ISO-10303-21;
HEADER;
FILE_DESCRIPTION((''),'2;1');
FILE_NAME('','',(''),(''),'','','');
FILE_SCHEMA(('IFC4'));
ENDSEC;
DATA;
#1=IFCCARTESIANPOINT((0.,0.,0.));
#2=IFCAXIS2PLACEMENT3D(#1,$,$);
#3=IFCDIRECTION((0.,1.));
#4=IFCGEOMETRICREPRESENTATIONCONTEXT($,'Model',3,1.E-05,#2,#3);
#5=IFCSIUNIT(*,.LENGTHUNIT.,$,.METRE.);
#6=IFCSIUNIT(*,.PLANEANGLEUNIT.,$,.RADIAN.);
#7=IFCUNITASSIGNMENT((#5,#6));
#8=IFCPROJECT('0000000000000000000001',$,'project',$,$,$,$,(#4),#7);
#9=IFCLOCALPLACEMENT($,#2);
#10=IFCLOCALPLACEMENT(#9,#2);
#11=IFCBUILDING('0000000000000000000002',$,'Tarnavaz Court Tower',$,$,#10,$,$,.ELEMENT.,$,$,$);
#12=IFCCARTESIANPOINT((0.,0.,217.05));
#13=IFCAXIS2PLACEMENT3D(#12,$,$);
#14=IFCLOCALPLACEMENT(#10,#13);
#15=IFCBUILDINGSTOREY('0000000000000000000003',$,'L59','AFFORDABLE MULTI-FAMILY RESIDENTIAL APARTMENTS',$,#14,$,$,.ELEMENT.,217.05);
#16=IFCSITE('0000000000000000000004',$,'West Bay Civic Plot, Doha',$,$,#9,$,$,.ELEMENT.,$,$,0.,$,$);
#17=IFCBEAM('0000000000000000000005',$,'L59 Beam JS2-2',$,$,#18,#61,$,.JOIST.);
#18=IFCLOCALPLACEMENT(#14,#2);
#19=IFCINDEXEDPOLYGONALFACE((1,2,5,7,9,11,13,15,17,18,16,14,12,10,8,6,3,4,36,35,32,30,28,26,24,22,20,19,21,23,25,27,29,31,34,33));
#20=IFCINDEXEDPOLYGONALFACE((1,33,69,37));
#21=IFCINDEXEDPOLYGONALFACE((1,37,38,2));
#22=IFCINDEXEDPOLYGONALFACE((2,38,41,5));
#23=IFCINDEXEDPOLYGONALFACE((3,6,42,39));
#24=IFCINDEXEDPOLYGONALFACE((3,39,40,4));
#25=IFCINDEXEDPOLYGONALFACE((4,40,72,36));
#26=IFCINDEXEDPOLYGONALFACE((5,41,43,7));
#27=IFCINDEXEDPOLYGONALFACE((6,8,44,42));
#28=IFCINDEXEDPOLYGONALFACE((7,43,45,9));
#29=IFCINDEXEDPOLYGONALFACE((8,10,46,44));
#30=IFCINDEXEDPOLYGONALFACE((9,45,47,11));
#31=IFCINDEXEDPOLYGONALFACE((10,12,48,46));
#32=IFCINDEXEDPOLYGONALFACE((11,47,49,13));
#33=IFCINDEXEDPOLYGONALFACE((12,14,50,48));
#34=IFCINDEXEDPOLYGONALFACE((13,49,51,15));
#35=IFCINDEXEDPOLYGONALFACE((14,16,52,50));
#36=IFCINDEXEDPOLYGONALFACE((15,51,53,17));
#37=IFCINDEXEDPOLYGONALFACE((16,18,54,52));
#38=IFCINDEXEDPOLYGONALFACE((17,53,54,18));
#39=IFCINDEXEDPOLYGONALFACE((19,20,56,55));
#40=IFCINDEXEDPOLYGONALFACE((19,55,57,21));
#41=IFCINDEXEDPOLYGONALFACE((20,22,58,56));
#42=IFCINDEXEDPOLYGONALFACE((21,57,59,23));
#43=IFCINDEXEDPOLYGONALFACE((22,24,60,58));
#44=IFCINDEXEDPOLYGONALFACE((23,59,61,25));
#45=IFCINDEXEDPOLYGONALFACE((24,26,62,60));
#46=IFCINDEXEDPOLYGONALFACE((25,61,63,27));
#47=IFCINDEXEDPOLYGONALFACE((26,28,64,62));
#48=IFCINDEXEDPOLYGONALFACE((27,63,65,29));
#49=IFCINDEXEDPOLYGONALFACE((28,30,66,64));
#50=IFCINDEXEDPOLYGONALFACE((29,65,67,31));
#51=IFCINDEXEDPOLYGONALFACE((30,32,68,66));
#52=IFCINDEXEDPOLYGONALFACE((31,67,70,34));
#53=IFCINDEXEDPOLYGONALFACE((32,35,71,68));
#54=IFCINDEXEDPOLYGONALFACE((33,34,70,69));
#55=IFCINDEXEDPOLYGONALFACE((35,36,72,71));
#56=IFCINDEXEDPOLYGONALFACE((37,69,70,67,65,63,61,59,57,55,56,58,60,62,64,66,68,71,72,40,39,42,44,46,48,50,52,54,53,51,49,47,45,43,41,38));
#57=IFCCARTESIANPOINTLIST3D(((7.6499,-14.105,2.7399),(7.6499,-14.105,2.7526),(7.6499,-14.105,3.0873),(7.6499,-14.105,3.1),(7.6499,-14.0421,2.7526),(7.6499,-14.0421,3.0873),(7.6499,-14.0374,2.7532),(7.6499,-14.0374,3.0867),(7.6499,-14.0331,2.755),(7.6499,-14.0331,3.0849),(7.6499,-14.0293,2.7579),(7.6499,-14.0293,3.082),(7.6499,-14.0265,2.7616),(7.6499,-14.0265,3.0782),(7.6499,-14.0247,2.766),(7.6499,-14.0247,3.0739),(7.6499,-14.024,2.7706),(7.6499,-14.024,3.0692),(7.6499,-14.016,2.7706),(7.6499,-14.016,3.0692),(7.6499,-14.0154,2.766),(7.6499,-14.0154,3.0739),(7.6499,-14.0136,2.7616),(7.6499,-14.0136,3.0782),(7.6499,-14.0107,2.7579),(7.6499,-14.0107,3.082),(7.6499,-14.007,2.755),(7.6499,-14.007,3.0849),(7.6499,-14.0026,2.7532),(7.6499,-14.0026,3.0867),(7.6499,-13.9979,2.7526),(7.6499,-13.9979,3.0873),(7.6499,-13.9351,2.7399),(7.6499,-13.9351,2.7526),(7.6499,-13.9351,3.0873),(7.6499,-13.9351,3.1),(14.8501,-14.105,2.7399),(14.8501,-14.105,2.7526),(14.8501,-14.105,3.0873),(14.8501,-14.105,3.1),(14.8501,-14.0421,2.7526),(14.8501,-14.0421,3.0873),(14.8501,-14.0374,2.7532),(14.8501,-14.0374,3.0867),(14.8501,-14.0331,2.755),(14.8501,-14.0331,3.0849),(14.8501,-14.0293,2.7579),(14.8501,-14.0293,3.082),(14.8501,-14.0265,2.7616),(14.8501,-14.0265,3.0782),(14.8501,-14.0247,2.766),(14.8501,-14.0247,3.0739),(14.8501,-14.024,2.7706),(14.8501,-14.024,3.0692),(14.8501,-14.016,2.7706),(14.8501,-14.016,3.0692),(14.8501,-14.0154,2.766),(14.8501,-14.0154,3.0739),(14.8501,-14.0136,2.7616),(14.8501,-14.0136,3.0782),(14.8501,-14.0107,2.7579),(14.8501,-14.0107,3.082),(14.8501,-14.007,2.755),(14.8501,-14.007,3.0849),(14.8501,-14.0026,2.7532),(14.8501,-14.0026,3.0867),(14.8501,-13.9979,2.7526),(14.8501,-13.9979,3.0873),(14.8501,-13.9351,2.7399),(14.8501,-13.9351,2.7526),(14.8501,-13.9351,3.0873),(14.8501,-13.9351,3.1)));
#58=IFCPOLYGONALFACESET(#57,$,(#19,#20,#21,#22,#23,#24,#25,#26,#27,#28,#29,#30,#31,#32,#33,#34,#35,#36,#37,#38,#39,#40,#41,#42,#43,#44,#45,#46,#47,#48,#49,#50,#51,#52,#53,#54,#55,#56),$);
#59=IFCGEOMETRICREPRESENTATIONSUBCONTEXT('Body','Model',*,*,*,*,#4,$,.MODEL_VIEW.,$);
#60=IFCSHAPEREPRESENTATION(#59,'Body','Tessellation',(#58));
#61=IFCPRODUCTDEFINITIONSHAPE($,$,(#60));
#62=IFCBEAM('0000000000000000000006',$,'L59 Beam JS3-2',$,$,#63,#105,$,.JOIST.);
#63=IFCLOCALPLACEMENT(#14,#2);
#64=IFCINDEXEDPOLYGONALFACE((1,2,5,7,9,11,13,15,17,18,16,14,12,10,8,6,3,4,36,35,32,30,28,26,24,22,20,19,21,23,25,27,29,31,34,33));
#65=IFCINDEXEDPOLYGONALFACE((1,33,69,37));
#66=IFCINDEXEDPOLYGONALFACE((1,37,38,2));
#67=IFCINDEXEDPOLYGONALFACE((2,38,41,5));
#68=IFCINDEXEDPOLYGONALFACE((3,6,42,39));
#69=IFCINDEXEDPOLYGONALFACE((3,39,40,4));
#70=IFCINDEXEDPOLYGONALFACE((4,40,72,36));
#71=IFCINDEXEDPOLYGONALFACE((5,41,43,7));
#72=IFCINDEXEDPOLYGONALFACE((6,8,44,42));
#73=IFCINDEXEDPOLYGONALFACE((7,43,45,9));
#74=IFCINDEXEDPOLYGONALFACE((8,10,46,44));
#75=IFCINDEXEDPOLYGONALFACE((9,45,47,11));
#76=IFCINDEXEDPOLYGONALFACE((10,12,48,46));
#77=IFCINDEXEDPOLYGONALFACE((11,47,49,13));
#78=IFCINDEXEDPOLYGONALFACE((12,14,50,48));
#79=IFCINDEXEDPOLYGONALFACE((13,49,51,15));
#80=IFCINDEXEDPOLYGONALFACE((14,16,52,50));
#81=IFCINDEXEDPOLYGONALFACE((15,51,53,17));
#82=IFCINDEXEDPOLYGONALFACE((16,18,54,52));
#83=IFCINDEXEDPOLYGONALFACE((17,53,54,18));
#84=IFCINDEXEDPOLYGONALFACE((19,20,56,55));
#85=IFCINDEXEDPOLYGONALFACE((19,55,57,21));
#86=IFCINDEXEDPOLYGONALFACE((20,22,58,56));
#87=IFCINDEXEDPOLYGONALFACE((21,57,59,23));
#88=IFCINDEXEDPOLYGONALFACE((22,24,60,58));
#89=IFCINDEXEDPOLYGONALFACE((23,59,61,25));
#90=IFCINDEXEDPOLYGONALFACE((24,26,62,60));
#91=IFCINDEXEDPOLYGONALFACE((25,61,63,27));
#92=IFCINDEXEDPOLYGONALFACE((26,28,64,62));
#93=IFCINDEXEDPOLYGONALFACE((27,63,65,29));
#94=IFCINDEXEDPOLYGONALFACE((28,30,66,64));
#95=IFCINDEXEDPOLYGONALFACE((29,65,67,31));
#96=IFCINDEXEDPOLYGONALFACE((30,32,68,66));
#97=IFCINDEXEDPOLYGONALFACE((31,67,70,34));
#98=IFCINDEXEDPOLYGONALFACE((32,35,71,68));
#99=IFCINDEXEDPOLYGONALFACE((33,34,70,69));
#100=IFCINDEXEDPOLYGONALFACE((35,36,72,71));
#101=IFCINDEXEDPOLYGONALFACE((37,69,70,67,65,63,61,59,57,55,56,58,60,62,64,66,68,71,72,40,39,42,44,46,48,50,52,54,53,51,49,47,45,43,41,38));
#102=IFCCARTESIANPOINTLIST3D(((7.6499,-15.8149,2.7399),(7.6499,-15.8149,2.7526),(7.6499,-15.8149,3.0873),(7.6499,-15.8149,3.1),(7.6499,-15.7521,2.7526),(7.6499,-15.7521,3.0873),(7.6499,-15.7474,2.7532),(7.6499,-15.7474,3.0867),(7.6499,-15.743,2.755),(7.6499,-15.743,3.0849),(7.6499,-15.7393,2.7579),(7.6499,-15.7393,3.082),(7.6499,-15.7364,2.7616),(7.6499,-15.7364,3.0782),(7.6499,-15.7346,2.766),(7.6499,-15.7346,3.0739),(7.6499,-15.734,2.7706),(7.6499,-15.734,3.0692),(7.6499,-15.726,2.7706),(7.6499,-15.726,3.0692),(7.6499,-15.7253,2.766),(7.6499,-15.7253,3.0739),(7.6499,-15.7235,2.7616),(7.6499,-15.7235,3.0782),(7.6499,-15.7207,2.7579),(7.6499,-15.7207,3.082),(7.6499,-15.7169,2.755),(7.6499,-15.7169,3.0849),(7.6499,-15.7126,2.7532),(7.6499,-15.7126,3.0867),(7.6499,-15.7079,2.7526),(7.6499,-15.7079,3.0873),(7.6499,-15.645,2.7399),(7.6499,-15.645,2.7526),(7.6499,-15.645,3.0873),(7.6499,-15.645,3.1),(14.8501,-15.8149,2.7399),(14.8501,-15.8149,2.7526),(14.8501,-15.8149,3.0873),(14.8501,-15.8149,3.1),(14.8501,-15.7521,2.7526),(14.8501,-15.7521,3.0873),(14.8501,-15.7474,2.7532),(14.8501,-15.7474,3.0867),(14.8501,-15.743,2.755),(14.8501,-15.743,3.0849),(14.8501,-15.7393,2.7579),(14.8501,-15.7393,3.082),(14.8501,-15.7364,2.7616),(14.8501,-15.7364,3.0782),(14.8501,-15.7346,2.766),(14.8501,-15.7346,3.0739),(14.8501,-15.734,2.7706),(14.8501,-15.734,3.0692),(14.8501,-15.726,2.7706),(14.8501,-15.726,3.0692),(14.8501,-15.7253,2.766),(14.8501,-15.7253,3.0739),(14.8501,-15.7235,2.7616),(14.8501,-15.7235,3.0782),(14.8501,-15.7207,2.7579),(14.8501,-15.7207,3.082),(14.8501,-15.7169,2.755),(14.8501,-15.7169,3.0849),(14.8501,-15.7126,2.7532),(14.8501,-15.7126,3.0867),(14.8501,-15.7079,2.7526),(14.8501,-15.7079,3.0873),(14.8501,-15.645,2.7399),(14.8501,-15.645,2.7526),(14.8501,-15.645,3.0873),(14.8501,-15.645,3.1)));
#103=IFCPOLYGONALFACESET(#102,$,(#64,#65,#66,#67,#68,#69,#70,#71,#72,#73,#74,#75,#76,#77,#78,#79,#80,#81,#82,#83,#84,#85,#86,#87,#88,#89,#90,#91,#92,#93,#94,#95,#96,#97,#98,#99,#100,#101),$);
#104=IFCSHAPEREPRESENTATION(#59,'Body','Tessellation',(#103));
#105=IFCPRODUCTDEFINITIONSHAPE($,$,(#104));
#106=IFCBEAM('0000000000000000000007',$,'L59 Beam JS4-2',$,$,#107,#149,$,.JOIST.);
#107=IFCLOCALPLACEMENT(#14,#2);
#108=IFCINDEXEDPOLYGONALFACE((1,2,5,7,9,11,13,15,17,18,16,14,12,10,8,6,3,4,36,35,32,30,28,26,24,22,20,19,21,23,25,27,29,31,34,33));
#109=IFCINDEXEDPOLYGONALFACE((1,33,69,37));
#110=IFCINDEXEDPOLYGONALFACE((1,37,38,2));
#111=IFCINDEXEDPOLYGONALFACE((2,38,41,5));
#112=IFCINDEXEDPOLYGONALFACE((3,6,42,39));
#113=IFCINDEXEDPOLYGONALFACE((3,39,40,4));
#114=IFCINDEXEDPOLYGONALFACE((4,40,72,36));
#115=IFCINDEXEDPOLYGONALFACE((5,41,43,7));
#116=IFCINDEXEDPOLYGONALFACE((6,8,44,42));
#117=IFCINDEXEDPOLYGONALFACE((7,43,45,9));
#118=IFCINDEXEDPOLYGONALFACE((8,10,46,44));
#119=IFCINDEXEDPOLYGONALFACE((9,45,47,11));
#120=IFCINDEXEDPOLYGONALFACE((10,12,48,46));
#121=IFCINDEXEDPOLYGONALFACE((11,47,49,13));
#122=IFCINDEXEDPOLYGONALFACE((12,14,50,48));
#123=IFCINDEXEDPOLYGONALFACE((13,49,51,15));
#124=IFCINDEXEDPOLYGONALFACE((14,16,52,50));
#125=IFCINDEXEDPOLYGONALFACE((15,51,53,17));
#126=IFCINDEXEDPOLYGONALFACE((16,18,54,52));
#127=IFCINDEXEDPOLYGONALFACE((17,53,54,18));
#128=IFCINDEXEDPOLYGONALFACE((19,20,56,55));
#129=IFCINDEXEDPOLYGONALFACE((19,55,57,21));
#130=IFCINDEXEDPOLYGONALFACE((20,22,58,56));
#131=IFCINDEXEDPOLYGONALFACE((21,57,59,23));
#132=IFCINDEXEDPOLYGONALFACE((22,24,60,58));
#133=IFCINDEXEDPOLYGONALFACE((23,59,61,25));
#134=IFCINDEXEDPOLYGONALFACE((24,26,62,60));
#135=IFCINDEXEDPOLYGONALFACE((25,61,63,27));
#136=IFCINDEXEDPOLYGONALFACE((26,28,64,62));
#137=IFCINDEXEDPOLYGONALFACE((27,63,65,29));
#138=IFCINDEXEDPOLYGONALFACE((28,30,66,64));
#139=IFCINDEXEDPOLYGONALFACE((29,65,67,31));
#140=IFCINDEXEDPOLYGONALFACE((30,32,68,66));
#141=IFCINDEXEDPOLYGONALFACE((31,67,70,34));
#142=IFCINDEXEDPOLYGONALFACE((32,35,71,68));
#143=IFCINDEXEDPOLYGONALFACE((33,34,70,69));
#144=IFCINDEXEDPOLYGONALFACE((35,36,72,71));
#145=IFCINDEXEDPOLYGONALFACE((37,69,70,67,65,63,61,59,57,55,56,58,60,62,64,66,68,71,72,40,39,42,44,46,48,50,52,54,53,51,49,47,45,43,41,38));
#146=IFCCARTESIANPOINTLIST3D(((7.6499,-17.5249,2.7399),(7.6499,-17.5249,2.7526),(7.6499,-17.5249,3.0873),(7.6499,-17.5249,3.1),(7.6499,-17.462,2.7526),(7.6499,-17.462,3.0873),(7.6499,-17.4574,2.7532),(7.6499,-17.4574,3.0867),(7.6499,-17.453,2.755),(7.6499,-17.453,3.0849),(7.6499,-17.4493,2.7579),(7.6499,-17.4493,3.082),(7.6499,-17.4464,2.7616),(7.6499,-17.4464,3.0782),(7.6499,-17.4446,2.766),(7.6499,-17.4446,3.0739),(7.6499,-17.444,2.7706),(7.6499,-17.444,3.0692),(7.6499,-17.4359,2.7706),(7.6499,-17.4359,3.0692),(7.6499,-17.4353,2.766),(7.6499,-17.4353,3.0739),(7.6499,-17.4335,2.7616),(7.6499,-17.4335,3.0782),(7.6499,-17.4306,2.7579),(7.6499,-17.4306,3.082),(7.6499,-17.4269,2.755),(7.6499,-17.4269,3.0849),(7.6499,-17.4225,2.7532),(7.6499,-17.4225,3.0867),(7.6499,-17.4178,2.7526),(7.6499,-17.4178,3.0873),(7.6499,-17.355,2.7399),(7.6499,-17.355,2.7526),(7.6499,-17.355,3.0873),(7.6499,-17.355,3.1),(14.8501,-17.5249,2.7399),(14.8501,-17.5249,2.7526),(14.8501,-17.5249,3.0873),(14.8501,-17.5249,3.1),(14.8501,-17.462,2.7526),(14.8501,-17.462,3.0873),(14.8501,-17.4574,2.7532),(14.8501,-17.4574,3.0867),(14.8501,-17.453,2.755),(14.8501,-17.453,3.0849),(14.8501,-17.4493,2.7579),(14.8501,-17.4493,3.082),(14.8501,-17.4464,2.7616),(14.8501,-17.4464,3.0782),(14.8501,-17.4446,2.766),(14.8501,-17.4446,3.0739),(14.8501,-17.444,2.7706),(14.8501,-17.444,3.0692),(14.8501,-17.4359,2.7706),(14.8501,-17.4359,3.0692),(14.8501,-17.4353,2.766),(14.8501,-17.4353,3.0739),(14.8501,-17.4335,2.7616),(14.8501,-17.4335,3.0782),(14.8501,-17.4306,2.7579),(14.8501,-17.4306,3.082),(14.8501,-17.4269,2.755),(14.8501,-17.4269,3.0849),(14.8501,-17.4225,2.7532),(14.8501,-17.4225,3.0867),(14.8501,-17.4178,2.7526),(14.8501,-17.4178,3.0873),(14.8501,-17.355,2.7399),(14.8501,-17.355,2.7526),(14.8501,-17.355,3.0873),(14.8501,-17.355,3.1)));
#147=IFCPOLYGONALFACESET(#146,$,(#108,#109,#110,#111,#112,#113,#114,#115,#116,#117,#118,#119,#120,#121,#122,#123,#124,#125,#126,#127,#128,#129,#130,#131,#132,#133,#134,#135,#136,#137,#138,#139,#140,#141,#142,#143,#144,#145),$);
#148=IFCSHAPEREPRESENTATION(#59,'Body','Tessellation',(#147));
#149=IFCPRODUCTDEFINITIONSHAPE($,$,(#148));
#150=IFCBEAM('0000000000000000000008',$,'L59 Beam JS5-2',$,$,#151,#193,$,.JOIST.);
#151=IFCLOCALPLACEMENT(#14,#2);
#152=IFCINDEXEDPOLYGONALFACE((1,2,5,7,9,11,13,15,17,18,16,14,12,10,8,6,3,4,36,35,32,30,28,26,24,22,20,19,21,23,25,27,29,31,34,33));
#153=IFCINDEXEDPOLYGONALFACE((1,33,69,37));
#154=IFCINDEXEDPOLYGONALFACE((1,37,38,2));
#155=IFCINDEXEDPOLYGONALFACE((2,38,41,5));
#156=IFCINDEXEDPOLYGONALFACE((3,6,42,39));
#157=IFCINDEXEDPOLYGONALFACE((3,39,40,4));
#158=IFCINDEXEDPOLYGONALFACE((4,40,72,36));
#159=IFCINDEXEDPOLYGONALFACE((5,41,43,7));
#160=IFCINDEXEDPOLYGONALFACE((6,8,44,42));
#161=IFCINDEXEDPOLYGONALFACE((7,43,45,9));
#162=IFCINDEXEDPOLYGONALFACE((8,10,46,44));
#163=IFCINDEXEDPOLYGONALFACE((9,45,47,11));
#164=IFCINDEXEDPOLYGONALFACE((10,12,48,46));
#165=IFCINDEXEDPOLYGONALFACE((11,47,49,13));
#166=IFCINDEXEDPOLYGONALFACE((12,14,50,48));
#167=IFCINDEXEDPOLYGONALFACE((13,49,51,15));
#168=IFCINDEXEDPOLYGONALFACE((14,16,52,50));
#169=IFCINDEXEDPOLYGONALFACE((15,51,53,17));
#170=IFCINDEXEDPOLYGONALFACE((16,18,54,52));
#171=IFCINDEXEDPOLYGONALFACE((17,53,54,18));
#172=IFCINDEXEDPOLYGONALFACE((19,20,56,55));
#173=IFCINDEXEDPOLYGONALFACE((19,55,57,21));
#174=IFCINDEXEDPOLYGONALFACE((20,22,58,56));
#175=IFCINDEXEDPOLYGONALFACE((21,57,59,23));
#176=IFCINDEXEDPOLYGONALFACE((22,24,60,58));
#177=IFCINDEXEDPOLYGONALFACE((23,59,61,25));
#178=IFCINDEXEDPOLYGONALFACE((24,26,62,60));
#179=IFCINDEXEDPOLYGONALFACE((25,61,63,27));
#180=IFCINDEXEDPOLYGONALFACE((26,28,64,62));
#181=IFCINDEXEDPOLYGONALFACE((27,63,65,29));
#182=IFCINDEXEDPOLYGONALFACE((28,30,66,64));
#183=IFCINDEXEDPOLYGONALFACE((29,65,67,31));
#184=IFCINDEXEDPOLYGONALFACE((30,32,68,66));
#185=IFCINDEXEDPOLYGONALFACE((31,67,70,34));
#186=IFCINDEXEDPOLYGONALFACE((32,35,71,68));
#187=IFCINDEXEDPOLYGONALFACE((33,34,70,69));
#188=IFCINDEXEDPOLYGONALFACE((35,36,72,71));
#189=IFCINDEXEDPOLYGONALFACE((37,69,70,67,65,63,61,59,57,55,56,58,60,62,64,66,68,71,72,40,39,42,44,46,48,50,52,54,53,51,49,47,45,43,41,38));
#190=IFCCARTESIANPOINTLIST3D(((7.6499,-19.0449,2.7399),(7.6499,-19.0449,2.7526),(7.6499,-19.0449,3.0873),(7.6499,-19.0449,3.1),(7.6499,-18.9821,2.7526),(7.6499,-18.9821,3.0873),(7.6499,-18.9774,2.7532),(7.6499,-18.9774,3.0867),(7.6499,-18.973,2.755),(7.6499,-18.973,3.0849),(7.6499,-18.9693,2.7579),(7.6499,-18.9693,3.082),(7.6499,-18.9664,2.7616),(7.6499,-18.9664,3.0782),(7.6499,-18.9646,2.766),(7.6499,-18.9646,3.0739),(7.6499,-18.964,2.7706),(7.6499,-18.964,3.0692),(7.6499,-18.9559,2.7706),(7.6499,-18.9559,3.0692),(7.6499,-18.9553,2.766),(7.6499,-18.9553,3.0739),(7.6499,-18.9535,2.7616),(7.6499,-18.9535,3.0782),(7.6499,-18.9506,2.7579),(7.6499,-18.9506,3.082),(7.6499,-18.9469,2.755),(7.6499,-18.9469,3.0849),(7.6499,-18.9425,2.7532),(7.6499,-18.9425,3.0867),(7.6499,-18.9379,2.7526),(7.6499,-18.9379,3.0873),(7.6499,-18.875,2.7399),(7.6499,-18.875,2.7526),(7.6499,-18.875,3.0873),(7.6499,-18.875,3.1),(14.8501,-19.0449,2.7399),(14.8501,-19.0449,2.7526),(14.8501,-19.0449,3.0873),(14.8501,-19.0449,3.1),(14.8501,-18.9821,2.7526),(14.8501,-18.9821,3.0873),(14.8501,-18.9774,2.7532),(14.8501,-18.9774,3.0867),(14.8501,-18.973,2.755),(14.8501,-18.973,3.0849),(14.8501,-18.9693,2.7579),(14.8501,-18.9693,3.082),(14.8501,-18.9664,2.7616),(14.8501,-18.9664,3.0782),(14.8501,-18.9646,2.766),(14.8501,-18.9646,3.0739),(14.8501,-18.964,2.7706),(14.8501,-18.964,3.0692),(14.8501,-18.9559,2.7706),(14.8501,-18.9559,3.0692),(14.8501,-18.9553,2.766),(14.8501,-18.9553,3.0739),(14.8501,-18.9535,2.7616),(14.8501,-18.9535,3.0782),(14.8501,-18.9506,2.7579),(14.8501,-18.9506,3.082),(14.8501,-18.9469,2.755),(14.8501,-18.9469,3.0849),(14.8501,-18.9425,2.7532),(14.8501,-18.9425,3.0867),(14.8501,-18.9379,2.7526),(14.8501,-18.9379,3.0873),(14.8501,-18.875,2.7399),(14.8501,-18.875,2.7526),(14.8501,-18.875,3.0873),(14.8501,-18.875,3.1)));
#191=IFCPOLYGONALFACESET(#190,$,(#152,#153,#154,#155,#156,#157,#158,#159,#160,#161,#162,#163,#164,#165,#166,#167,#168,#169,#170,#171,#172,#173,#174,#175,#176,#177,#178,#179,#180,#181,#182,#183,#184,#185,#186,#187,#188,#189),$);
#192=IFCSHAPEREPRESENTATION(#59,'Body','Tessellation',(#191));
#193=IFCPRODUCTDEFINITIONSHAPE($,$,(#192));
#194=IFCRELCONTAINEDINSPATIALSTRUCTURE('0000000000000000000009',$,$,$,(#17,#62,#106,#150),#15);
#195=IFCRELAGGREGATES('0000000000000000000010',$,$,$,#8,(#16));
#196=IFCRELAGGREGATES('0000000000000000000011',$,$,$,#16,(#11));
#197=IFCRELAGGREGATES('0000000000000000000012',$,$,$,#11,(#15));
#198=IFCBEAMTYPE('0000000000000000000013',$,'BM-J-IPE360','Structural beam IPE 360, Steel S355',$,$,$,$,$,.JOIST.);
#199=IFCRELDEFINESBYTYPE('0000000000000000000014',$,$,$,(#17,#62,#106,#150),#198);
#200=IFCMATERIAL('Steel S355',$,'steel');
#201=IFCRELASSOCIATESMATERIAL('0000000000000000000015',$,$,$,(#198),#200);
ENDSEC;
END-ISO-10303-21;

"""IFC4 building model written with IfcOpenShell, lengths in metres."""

from ifc_helpers import new_model, si_unit, direction, frame, origin, origin_2d, place, context, subcontext, project, spatial, i_section, extrude, material, material_profile, profile_set, type_object, element, save


model = new_model("IFC4")

# Units and contexts
model_context = context("Model", 3, precision=1e-05, world=origin(), true_north=direction((0.0, 1.0)))
body_context = subcontext(model_context, "Body", "Model", "MODEL_VIEW")
ifc_project = project(units=[si_unit("LENGTHUNIT", "METRE"), si_unit("PLANEANGLEUNIT", "RADIAN")], contexts=[model_context])

# Site, building, storey
site_placement = place(None, origin())
site = spatial("IfcSite", under=ifc_project, at=site_placement, Name="West Bay Civic Plot, Doha", CompositionType="ELEMENT", RefElevation=0.0)
building_placement = place(site_placement, origin())
building = spatial("IfcBuilding", under=site, at=building_placement, Name="Tarnavaz Court Tower", CompositionType="ELEMENT")
storey_placement = place(building_placement, frame((0.0, 0.0, 217.05)))
storey = spatial("IfcBuildingStorey", under=building, at=storey_placement, Name="L59", Description="AFFORDABLE MULTI-FAMILY RESIDENTIAL APARTMENTS", CompositionType="ELEMENT", Elevation=217.05)

# Beams
ifc_material_1 = material(Name="Steel S355", Category="steel")
ifc_material_profile_1 = material_profile(ifc_material_1, i_section(OverallWidth=0.1699, OverallDepth=0.3601, WebThickness=0.0081, FlangeThickness=0.0127, FilletRadius=0.0181, at=origin_2d()), Name="IPE 360")
ifc_profile_set_1 = profile_set([ifc_material_profile_1], Name="Steel S355")
beam_type_1 = type_object("IfcBeamType", Name="BM-J-IPE360", Description="Structural beam IPE 360, Steel S355", PredefinedType="JOIST", material=ifc_profile_set_1)
for number, where, z_axis, x_axis, name in (
    (1, (7.6499, -14.02, 2.9199), (1.0, 0.0, 0.0), (0.0, 1.0, 0.0), "L59 Beam JS2-2"),
    (2, (7.6499, -15.73, 2.9199), (1.0, 0.0, 0.0), (0.0, 1.0, 0.0), "L59 Beam JS3-2"),
    (3, (7.6499, -17.4399, 2.9199), (1.0, 0.0, 0.0), (0.0, 1.0, 0.0), "L59 Beam JS4-2"),
    (4, (7.6499, -18.96, 2.9199), (1.0, 0.0, 0.0), (0.0, 1.0, 0.0), "L59 Beam JS5-2"),
):
    element("IfcBeam", number, at=place(storey_placement, frame(where, z_axis=z_axis, x_axis=x_axis)), inside=storey, type_object=beam_type_1, Name=name, PredefinedType="JOIST", context=body_context, shape_type="SweptSolid", body=[
        extrude(i_section(OverallWidth=0.1699, OverallDepth=0.3601, WebThickness=0.0081, FlangeThickness=0.0127, FilletRadius=0.0181, at=origin_2d()), origin(), (0.0, 0.0, 1.0), 7.2002),
    ])

save(model, "model.ifc")
